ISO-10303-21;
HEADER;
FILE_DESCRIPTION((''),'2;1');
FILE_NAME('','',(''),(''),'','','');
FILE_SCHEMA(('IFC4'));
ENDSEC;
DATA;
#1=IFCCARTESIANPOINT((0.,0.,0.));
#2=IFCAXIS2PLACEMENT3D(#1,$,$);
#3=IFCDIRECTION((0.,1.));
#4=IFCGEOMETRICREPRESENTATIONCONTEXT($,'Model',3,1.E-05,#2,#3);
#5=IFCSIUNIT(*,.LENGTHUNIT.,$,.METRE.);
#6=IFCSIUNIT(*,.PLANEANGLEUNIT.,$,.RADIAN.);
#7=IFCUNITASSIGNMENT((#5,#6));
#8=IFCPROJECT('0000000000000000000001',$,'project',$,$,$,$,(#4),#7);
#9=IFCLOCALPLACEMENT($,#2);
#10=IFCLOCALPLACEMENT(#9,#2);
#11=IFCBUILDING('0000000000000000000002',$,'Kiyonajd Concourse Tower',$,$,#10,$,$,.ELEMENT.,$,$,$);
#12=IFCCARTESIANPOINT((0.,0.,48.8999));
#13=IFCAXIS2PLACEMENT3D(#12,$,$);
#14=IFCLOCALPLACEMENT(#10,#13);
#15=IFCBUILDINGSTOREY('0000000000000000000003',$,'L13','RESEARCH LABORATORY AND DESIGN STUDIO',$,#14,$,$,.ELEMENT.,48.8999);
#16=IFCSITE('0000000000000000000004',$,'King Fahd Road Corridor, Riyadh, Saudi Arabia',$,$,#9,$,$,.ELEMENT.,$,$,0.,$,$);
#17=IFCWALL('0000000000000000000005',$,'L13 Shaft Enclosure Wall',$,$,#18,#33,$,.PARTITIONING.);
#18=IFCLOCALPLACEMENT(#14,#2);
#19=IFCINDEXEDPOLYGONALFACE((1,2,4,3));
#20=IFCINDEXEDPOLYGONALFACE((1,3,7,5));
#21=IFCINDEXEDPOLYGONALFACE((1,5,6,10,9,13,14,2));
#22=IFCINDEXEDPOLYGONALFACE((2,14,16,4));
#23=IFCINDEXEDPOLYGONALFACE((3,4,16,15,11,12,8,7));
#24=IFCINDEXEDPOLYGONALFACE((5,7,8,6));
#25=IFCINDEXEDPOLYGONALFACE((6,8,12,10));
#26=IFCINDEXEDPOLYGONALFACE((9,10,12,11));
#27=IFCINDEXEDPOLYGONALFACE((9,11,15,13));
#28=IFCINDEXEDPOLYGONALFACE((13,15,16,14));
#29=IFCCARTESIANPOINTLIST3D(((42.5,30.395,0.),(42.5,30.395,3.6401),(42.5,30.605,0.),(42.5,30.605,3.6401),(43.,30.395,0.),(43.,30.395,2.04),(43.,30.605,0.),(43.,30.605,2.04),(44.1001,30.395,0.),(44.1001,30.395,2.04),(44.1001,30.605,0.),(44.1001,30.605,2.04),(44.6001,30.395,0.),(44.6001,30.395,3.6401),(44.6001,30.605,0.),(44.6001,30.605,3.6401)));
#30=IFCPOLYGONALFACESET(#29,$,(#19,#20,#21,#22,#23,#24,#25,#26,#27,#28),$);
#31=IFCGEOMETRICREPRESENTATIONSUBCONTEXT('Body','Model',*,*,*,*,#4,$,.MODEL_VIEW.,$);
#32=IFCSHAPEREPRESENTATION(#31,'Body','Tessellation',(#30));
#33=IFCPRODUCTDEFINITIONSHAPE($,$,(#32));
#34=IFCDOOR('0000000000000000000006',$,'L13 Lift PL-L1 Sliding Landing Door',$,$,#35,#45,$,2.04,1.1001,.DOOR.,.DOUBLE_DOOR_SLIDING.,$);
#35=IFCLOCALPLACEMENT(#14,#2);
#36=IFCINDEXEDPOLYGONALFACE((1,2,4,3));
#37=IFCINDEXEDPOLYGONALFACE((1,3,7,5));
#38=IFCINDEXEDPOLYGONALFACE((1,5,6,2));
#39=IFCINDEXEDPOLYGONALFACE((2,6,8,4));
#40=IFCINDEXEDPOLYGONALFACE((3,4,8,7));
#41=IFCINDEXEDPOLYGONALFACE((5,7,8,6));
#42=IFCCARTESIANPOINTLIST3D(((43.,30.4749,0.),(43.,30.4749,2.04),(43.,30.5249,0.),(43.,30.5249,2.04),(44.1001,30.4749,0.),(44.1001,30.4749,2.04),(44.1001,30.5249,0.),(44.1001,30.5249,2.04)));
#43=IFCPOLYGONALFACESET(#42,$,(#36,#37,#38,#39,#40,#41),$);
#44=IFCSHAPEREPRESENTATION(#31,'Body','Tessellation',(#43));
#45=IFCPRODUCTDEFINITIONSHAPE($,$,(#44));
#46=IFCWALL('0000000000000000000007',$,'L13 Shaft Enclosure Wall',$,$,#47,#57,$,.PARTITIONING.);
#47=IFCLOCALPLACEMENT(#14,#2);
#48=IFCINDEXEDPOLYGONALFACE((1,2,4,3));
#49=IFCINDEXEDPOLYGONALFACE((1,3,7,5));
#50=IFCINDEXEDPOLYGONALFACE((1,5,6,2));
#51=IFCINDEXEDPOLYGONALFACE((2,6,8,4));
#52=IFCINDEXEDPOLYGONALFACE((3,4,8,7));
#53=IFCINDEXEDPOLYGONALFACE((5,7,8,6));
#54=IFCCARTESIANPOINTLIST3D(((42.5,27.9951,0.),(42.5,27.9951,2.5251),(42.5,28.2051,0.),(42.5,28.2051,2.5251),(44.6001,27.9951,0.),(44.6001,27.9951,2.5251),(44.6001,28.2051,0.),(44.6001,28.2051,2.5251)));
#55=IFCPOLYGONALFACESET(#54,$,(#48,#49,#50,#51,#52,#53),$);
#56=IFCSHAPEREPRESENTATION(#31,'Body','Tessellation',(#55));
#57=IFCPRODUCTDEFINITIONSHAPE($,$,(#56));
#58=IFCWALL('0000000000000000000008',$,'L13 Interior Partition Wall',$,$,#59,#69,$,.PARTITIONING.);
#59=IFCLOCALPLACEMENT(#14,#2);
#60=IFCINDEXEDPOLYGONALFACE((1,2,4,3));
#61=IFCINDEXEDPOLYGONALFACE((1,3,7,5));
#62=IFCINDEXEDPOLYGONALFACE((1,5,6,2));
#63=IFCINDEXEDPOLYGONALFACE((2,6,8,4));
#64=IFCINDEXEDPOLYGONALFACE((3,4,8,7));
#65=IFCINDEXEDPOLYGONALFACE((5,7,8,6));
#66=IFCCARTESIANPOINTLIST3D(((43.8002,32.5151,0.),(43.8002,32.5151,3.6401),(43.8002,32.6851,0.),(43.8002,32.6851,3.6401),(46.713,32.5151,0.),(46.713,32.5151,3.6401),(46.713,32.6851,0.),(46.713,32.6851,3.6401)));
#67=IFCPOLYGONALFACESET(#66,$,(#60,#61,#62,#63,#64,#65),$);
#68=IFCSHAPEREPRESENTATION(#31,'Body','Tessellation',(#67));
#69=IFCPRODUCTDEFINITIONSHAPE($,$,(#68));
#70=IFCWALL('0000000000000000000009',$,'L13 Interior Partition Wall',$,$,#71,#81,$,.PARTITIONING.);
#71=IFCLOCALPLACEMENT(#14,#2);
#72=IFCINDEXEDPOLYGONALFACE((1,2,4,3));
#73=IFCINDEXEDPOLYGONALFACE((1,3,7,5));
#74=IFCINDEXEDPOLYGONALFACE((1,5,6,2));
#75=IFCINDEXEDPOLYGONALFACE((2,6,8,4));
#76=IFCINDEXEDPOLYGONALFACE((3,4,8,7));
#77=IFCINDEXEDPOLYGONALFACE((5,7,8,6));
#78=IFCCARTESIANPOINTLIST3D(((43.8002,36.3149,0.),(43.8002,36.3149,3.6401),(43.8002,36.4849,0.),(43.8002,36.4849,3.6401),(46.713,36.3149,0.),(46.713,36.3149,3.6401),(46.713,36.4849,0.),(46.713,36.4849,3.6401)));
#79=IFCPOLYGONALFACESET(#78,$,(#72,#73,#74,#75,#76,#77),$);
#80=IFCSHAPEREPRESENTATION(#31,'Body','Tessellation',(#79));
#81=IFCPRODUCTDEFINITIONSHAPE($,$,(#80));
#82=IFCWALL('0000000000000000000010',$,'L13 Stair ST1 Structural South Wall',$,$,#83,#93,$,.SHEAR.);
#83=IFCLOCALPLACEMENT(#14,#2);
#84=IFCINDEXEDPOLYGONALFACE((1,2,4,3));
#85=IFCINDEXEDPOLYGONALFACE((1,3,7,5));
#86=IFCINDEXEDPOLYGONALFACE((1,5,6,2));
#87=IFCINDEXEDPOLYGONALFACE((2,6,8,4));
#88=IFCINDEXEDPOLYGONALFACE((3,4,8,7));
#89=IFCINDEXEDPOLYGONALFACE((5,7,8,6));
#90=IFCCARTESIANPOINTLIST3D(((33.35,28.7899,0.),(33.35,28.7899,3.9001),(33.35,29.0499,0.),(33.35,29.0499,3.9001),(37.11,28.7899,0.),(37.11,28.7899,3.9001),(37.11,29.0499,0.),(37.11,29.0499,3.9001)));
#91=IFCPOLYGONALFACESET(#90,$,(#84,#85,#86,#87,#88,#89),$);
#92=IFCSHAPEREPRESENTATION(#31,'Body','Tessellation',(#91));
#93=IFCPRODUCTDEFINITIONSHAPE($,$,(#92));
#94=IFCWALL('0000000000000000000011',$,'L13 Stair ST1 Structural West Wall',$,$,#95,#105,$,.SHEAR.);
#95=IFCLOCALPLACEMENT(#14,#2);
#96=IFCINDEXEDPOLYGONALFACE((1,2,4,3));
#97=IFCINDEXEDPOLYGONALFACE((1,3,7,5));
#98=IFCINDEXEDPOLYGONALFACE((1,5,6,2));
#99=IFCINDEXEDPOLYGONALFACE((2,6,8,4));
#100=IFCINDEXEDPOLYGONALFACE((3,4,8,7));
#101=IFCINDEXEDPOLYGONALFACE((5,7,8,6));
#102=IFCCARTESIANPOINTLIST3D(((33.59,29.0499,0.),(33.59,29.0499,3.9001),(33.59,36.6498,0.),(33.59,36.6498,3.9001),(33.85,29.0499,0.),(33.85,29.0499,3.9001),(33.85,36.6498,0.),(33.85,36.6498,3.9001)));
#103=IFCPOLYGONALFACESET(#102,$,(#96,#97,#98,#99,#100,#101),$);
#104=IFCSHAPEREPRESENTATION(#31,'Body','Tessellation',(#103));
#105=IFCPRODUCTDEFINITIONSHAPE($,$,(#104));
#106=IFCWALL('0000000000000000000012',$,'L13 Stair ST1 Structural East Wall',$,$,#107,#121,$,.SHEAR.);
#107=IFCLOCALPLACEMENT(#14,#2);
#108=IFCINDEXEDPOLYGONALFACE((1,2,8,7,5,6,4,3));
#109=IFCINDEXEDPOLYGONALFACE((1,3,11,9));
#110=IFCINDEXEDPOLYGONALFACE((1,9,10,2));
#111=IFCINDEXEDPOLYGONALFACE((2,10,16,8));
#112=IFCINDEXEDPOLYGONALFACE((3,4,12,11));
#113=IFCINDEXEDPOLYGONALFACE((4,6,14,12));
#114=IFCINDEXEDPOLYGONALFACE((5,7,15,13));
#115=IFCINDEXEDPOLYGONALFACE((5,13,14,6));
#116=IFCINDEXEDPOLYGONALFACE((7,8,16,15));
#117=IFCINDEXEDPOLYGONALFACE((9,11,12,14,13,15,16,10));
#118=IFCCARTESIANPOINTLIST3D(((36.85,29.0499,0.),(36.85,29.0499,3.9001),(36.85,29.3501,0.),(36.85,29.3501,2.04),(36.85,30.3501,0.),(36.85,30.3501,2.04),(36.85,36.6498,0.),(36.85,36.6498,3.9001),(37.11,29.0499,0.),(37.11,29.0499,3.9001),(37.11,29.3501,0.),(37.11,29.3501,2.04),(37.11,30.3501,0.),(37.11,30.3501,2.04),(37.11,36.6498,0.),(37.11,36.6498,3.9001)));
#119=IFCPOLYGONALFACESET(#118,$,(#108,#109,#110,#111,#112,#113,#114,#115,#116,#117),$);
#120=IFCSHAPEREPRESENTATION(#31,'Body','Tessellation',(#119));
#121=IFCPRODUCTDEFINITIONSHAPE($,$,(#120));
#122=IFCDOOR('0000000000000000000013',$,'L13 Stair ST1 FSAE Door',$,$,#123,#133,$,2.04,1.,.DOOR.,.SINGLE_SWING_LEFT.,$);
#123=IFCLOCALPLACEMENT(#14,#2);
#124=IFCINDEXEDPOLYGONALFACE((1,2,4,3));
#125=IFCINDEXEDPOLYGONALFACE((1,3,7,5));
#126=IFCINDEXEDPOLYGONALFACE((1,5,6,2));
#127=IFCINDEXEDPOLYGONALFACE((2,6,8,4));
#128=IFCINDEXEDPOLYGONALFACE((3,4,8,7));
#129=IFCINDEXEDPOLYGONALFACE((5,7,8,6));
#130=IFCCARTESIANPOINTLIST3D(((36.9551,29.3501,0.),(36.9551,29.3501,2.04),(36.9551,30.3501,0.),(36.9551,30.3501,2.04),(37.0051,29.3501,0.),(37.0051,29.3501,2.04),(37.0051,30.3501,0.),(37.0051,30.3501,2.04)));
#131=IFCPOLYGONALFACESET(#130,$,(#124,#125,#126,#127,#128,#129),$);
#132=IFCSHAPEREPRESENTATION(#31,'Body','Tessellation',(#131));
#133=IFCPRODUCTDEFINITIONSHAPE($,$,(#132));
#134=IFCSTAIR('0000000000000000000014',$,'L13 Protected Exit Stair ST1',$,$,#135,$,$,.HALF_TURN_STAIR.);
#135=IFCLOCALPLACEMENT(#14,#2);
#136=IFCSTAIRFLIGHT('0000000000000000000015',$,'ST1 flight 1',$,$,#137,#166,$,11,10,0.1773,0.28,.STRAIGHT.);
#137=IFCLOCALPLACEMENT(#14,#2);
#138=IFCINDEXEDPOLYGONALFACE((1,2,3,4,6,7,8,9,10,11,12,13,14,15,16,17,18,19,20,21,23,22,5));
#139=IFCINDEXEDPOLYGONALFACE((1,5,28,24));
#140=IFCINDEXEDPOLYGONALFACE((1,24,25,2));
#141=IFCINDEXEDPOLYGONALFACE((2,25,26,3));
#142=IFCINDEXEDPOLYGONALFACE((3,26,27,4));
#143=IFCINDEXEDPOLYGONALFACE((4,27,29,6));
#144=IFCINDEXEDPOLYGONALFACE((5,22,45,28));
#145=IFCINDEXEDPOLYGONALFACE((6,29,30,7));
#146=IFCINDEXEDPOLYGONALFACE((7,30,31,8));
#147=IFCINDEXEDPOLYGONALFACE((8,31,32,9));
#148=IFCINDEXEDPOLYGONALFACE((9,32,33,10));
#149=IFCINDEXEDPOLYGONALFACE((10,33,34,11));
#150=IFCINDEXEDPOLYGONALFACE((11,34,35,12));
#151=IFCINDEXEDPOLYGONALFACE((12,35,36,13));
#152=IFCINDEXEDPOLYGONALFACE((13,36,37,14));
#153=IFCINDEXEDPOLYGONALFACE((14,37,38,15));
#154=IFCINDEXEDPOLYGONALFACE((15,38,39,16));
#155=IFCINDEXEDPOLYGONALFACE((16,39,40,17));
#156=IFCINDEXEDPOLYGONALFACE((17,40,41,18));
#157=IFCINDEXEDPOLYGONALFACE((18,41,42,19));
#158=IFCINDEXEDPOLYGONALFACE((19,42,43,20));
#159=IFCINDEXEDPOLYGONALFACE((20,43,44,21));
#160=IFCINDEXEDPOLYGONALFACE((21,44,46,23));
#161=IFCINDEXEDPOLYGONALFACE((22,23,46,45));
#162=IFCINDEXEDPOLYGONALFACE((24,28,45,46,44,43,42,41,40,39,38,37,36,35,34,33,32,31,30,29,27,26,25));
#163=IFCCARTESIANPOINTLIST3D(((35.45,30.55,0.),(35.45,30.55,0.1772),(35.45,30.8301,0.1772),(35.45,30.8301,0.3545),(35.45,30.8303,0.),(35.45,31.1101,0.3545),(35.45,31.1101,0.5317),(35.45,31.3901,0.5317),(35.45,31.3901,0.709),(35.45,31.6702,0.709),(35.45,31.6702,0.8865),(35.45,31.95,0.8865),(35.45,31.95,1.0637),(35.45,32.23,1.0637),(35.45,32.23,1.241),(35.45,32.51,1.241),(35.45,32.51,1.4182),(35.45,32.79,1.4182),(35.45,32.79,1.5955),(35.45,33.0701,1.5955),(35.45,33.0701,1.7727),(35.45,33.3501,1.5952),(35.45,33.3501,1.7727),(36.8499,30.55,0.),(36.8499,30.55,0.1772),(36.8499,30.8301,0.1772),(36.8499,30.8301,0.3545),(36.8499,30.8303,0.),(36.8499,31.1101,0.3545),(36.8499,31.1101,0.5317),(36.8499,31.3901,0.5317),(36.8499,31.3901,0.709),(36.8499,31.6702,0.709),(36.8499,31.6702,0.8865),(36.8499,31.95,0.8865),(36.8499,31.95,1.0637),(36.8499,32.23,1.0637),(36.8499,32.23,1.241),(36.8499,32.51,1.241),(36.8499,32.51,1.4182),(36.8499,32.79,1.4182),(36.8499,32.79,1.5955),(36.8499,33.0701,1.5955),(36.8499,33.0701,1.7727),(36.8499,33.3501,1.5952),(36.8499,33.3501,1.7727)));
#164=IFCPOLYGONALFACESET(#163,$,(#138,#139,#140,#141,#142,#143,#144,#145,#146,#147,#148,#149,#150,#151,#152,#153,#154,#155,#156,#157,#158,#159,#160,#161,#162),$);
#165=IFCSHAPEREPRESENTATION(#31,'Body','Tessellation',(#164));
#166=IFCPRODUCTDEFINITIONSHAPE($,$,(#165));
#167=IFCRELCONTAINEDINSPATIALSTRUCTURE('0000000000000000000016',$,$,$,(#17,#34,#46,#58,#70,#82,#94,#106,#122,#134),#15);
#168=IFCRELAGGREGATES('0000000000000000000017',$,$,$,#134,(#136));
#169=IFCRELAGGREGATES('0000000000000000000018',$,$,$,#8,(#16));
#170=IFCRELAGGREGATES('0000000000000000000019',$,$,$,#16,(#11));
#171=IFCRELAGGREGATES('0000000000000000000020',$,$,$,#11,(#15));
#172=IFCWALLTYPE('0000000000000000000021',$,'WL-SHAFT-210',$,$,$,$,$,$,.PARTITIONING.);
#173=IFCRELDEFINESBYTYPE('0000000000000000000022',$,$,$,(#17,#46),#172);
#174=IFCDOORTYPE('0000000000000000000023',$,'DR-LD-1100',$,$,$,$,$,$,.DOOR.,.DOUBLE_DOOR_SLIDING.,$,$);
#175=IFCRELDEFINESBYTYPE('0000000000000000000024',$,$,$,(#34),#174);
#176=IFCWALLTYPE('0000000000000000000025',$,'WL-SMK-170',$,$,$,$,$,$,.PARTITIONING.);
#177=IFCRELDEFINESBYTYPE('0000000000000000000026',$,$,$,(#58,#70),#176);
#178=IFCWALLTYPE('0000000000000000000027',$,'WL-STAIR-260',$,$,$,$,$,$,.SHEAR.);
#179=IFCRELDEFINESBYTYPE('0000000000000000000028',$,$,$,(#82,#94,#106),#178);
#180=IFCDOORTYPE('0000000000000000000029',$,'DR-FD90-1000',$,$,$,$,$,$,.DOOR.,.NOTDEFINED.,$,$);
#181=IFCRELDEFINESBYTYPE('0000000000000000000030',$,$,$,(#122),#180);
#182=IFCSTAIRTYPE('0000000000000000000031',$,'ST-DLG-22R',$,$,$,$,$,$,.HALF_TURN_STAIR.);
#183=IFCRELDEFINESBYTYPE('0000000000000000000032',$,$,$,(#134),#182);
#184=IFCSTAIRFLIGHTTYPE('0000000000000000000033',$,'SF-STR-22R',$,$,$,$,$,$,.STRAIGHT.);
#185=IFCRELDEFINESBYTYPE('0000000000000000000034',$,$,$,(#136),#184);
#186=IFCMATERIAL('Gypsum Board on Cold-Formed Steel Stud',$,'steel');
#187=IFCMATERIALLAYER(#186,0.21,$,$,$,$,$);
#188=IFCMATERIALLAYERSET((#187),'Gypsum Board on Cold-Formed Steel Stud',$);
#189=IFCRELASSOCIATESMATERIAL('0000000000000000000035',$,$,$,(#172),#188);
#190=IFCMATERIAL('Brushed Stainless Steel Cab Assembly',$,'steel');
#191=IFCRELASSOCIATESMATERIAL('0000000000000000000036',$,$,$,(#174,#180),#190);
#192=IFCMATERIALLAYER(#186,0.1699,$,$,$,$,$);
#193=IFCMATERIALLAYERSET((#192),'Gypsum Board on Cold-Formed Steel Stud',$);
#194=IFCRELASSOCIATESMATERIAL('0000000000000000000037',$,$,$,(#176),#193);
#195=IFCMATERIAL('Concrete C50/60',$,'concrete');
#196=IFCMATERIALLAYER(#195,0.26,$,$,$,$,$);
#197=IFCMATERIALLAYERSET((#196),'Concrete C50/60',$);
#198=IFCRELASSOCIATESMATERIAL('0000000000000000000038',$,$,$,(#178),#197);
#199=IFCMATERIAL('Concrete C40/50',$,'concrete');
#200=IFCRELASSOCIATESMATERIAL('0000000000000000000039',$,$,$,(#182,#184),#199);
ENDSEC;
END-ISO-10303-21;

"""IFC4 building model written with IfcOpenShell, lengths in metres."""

from ifc_helpers import new_model, si_unit, direction, frame, frame_2d, origin, place, context, subcontext, project, spatial, polyline, rectangle, outline, extrude, material, layer, layer_set, type_object, element, fill, aggregate, save


model = new_model("IFC4")

# Units and contexts
model_context = context("Model", 3, precision=1e-05, world=origin(), true_north=direction((0.0, 1.0)))
body_context = subcontext(model_context, "Body", "Model", "MODEL_VIEW")
ifc_project = project(units=[si_unit("LENGTHUNIT", "METRE"), si_unit("PLANEANGLEUNIT", "RADIAN")], contexts=[model_context])

# Site, building, storey
site_placement = place(None, origin())
site = spatial("IfcSite", under=ifc_project, at=site_placement, Name="King Fahd Road Corridor, Riyadh, Saudi Arabia", CompositionType="ELEMENT", RefElevation=0.0)
building_placement = place(site_placement, origin())
building = spatial("IfcBuilding", under=site, at=building_placement, Name="Kiyonajd Concourse Tower", CompositionType="ELEMENT")
storey_placement = place(building_placement, frame((0.0, 0.0, 48.8999)))
storey = spatial("IfcBuildingStorey", under=building, at=storey_placement, Name="L13", Description="RESEARCH LABORATORY AND DESIGN STUDIO", CompositionType="ELEMENT", Elevation=48.8999)

# Shared definitions
ifc_material_1 = material(Name="Concrete C50/60", Category="concrete")

# Shared definitions
ifc_material_2 = material(Name="Gypsum Board on Cold-Formed Steel Stud", Category="steel")

# Shared definitions
ifc_layer_1 = layer(ifc_material_2, 0.21)
ifc_layer_set_1 = layer_set([ifc_layer_1], Name="Gypsum Board on Cold-Formed Steel Stud")
wall_type_1 = type_object("IfcWallType", Name="WL-SHAFT-210", PredefinedType="PARTITIONING", material=ifc_layer_set_1)
ifc_material_3 = material(Name="Brushed Stainless Steel Cab Assembly", Category="steel")

# Wall, opening, door
wall_1_placement = place(storey_placement, frame((42.5, 30.5, 0.0), z_axis=(0.0, 0.0, 1.0), x_axis=(1.0, 0.0, 0.0)))
wall_1 = element("IfcWall", 1, at=wall_1_placement, inside=storey, type_object=wall_type_1, Name="L13 Shaft Enclosure Wall", PredefinedType="PARTITIONING", context=body_context, shape_type="SweptSolid", body=[
    extrude(rectangle(XDim=2.1001, YDim=0.21, at=frame_2d((1.05, 0.0))), origin(), (0.0, 0.0, 1.0), 3.6401),
])
opening_1_placement = place(wall_1_placement, frame((0.5, 0.0, 0.0)))
opening_1 = element("IfcOpeningElement", 2, at=opening_1_placement, cuts=wall_1, PredefinedType="OPENING", context=body_context, shape_type="SweptSolid", body=[
    extrude(rectangle(XDim=1.1001, YDim=2.04, at=frame_2d((0.55, 1.02))), frame((0.0, 0.115, 0.0), z_axis=(0.0, -1.0, 0.0), x_axis=(1.0, 0.0, 0.0)), (0.0, 0.0, 1.0), 0.23),
])
door_type_1 = type_object("IfcDoorType", Name="DR-LD-1100", OperationType="DOUBLE_DOOR_SLIDING", PredefinedType="DOOR", material=ifc_material_3)
door_1_placement = place(opening_1_placement, origin())
door_1 = element("IfcDoor", 3, at=door_1_placement, inside=storey, type_object=door_type_1, Name="L13 Lift PL-L1 Sliding Landing Door", OperationType="DOUBLE_DOOR_SLIDING", OverallHeight=2.04, OverallWidth=1.1001, PredefinedType="DOOR", context=body_context, shape_type="SweptSolid", body=[
    extrude(rectangle(XDim=1.1001, YDim=2.04, at=frame_2d((0.55, 1.02))), frame((0.0, 0.0249, 0.0), z_axis=(0.0, -1.0, 0.0), x_axis=(1.0, 0.0, 0.0)), (0.0, 0.0, 1.0), 0.05),
])
fill(opening_1, door_1)

# Walls
wall_2_placement = place(storey_placement, frame((42.5, 28.1001, 0.0), z_axis=(0.0, 0.0, 1.0), x_axis=(1.0, 0.0, 0.0)))
element("IfcWall", 4, at=wall_2_placement, inside=storey, type_object=wall_type_1, Name="L13 Shaft Enclosure Wall", PredefinedType="PARTITIONING", context=body_context, shape_type="SweptSolid", body=[
    extrude(rectangle(XDim=2.1001, YDim=0.21, at=frame_2d((1.05, 0.0))), origin(), (0.0, 0.0, 1.0), 2.5251),
])
ifc_layer_2 = layer(ifc_material_2, 0.1699)
ifc_layer_set_2 = layer_set([ifc_layer_2], Name="Gypsum Board on Cold-Formed Steel Stud")
wall_type_2 = type_object("IfcWallType", Name="WL-SMK-170", PredefinedType="PARTITIONING", material=ifc_layer_set_2)
for number, where, z_axis, x_axis, name in (
    (5, (43.8, 32.6001, 0.0), (0.0, 0.0, 1.0), (1.0, 0.0, 0.0), "L13 Interior Partition Wall"),
    (6, (43.8, 36.3999, 0.0), (0.0, 0.0, 1.0), (1.0, 0.0, 0.0), "L13 Interior Partition Wall"),
):
    element("IfcWall", number, at=place(storey_placement, frame(where, z_axis=z_axis, x_axis=x_axis)), inside=storey, type_object=wall_type_2, Name=name, PredefinedType="PARTITIONING", context=body_context, shape_type="SweptSolid", body=[
        extrude(rectangle(XDim=2.9128, YDim=0.1699, at=frame_2d((1.4565, 0.0))), origin(), (0.0, 0.0, 1.0), 3.6401),
    ])
ifc_layer_3 = layer(ifc_material_1, 0.26)
ifc_layer_set_3 = layer_set([ifc_layer_3], Name="Concrete C50/60")
wall_type_3 = type_object("IfcWallType", Name="WL-STAIR-260", PredefinedType="SHEAR", material=ifc_layer_set_3)
wall_3_placement = place(storey_placement, frame((33.3501, 28.9199, 0.0), z_axis=(0.0, 0.0, 1.0), x_axis=(1.0, 0.0, 0.0)))
element("IfcWall", 7, at=wall_3_placement, inside=storey, type_object=wall_type_3, Name="L13 Stair ST1 Structural South Wall", PredefinedType="SHEAR", context=body_context, shape_type="SweptSolid", body=[
    extrude(rectangle(XDim=3.76, YDim=0.26, at=frame_2d((1.8799, 0.0))), origin(), (0.0, 0.0, 1.0), 3.9001),
])
wall_4_placement = place(storey_placement, frame((33.72, 29.05, 0.0), z_axis=(0.0, 0.0, 1.0), x_axis=(0.0, 1.0, 0.0)))
element("IfcWall", 8, at=wall_4_placement, inside=storey, type_object=wall_type_3, Name="L13 Stair ST1 Structural West Wall", PredefinedType="SHEAR", context=body_context, shape_type="SweptSolid", body=[
    extrude(rectangle(XDim=7.5999, YDim=0.26, at=frame_2d((3.7998, 0.0))), origin(), (0.0, 0.0, 1.0), 3.9001),
])

# Wall, opening, door
wall_5_placement = place(storey_placement, frame((36.98, 29.05, 0.0), z_axis=(0.0, 0.0, 1.0), x_axis=(0.0, 1.0, 0.0)))
wall_5 = element("IfcWall", 9, at=wall_5_placement, inside=storey, type_object=wall_type_3, Name="L13 Stair ST1 Structural East Wall", PredefinedType="SHEAR", context=body_context, shape_type="SweptSolid", body=[
    extrude(rectangle(XDim=7.5999, YDim=0.26, at=frame_2d((3.7998, 0.0))), origin(), (0.0, 0.0, 1.0), 3.9001),
])
opening_2_placement = place(wall_5_placement, frame((0.3, 0.0, 0.0)))
opening_2 = element("IfcOpeningElement", 10, at=opening_2_placement, cuts=wall_5, PredefinedType="OPENING", context=body_context, shape_type="SweptSolid", body=[
    extrude(rectangle(XDim=1.0, YDim=2.04, at=frame_2d((0.5, 1.02))), frame((0.0, 0.1399, 0.0), z_axis=(0.0, -1.0, 0.0), x_axis=(1.0, 0.0, 0.0)), (0.0, 0.0, 1.0), 0.28),
])
door_type_2 = type_object("IfcDoorType", Name="DR-FD90-1000", OperationType="NOTDEFINED", PredefinedType="DOOR", material=ifc_material_3)
door_2_placement = place(opening_2_placement, origin())
door_2 = element("IfcDoor", 11, at=door_2_placement, inside=storey, type_object=door_type_2, Name="L13 Stair ST1 FSAE Door", OperationType="SINGLE_SWING_LEFT", OverallHeight=2.04, OverallWidth=1.0, PredefinedType="DOOR", context=body_context, shape_type="SweptSolid", body=[
    extrude(rectangle(XDim=1.0, YDim=2.04, at=frame_2d((0.5, 1.02))), frame((0.0, 0.0249, 0.0), z_axis=(0.0, -1.0, 0.0), x_axis=(1.0, 0.0, 0.0)), (0.0, 0.0, 1.0), 0.05),
])
fill(opening_2, door_2)

# Stair, stair flight
ifc_material_4 = material(Name="Concrete C40/50", Category="concrete")
stair_type = type_object("IfcStairType", Name="ST-DLG-22R", PredefinedType="HALF_TURN_STAIR", material=ifc_material_4)
stair_placement = place(storey_placement, origin())
stair = element("IfcStair", 12, at=stair_placement, inside=storey, type_object=stair_type, Name="L13 Protected Exit Stair ST1", PredefinedType="HALF_TURN_STAIR")
stair_flight_type = type_object("IfcStairFlightType", Name="SF-STR-22R", PredefinedType="STRAIGHT", material=ifc_material_4)
stair_flight_1_placement = place(storey_placement, frame((36.1499, 30.55, 0.0), z_axis=(0.0, 0.0, 1.0), x_axis=(0.0, 1.0, 0.0)))
stair_flight_1 = element("IfcStairFlight", 13, at=stair_flight_1_placement, type_object=stair_flight_type, Name="ST1 flight 1", NumberOfRisers=11, NumberOfTreads=10, PredefinedType="STRAIGHT", RiserHeight=0.1773, TreadLength=0.28, context=body_context, shape_type="SweptSolid", body=[
    extrude(outline(polyline([(0.0, 0.0), (0.0, 0.1772), (0.28, 0.1772), (0.28, 0.3545), (0.5601, 0.3545), (0.5601, 0.5317), (0.8401, 0.5317), (0.8401, 0.709), (1.1201, 0.709), (1.1201, 0.8865), (1.3999, 0.8865), (1.3999, 1.0637), (1.6799, 1.0637), (1.6799, 1.241), (1.96, 1.241), (1.96, 1.4182), (2.24, 1.4182), (2.24, 1.5955), (2.52, 1.5955), (2.52, 1.7727), (2.8, 1.7727), (2.8, 1.95), (2.8, 1.5952), (0.2803, 0.0), (0.0, 0.0)])), frame((0.0, 0.7, 0.0), z_axis=(0.0, -1.0, 0.0), x_axis=(1.0, 0.0, 0.0)), (0.0, 0.0, 1.0), 1.3999),
])
aggregate(stair, [stair_flight_1])

save(model, "model.ifc")
